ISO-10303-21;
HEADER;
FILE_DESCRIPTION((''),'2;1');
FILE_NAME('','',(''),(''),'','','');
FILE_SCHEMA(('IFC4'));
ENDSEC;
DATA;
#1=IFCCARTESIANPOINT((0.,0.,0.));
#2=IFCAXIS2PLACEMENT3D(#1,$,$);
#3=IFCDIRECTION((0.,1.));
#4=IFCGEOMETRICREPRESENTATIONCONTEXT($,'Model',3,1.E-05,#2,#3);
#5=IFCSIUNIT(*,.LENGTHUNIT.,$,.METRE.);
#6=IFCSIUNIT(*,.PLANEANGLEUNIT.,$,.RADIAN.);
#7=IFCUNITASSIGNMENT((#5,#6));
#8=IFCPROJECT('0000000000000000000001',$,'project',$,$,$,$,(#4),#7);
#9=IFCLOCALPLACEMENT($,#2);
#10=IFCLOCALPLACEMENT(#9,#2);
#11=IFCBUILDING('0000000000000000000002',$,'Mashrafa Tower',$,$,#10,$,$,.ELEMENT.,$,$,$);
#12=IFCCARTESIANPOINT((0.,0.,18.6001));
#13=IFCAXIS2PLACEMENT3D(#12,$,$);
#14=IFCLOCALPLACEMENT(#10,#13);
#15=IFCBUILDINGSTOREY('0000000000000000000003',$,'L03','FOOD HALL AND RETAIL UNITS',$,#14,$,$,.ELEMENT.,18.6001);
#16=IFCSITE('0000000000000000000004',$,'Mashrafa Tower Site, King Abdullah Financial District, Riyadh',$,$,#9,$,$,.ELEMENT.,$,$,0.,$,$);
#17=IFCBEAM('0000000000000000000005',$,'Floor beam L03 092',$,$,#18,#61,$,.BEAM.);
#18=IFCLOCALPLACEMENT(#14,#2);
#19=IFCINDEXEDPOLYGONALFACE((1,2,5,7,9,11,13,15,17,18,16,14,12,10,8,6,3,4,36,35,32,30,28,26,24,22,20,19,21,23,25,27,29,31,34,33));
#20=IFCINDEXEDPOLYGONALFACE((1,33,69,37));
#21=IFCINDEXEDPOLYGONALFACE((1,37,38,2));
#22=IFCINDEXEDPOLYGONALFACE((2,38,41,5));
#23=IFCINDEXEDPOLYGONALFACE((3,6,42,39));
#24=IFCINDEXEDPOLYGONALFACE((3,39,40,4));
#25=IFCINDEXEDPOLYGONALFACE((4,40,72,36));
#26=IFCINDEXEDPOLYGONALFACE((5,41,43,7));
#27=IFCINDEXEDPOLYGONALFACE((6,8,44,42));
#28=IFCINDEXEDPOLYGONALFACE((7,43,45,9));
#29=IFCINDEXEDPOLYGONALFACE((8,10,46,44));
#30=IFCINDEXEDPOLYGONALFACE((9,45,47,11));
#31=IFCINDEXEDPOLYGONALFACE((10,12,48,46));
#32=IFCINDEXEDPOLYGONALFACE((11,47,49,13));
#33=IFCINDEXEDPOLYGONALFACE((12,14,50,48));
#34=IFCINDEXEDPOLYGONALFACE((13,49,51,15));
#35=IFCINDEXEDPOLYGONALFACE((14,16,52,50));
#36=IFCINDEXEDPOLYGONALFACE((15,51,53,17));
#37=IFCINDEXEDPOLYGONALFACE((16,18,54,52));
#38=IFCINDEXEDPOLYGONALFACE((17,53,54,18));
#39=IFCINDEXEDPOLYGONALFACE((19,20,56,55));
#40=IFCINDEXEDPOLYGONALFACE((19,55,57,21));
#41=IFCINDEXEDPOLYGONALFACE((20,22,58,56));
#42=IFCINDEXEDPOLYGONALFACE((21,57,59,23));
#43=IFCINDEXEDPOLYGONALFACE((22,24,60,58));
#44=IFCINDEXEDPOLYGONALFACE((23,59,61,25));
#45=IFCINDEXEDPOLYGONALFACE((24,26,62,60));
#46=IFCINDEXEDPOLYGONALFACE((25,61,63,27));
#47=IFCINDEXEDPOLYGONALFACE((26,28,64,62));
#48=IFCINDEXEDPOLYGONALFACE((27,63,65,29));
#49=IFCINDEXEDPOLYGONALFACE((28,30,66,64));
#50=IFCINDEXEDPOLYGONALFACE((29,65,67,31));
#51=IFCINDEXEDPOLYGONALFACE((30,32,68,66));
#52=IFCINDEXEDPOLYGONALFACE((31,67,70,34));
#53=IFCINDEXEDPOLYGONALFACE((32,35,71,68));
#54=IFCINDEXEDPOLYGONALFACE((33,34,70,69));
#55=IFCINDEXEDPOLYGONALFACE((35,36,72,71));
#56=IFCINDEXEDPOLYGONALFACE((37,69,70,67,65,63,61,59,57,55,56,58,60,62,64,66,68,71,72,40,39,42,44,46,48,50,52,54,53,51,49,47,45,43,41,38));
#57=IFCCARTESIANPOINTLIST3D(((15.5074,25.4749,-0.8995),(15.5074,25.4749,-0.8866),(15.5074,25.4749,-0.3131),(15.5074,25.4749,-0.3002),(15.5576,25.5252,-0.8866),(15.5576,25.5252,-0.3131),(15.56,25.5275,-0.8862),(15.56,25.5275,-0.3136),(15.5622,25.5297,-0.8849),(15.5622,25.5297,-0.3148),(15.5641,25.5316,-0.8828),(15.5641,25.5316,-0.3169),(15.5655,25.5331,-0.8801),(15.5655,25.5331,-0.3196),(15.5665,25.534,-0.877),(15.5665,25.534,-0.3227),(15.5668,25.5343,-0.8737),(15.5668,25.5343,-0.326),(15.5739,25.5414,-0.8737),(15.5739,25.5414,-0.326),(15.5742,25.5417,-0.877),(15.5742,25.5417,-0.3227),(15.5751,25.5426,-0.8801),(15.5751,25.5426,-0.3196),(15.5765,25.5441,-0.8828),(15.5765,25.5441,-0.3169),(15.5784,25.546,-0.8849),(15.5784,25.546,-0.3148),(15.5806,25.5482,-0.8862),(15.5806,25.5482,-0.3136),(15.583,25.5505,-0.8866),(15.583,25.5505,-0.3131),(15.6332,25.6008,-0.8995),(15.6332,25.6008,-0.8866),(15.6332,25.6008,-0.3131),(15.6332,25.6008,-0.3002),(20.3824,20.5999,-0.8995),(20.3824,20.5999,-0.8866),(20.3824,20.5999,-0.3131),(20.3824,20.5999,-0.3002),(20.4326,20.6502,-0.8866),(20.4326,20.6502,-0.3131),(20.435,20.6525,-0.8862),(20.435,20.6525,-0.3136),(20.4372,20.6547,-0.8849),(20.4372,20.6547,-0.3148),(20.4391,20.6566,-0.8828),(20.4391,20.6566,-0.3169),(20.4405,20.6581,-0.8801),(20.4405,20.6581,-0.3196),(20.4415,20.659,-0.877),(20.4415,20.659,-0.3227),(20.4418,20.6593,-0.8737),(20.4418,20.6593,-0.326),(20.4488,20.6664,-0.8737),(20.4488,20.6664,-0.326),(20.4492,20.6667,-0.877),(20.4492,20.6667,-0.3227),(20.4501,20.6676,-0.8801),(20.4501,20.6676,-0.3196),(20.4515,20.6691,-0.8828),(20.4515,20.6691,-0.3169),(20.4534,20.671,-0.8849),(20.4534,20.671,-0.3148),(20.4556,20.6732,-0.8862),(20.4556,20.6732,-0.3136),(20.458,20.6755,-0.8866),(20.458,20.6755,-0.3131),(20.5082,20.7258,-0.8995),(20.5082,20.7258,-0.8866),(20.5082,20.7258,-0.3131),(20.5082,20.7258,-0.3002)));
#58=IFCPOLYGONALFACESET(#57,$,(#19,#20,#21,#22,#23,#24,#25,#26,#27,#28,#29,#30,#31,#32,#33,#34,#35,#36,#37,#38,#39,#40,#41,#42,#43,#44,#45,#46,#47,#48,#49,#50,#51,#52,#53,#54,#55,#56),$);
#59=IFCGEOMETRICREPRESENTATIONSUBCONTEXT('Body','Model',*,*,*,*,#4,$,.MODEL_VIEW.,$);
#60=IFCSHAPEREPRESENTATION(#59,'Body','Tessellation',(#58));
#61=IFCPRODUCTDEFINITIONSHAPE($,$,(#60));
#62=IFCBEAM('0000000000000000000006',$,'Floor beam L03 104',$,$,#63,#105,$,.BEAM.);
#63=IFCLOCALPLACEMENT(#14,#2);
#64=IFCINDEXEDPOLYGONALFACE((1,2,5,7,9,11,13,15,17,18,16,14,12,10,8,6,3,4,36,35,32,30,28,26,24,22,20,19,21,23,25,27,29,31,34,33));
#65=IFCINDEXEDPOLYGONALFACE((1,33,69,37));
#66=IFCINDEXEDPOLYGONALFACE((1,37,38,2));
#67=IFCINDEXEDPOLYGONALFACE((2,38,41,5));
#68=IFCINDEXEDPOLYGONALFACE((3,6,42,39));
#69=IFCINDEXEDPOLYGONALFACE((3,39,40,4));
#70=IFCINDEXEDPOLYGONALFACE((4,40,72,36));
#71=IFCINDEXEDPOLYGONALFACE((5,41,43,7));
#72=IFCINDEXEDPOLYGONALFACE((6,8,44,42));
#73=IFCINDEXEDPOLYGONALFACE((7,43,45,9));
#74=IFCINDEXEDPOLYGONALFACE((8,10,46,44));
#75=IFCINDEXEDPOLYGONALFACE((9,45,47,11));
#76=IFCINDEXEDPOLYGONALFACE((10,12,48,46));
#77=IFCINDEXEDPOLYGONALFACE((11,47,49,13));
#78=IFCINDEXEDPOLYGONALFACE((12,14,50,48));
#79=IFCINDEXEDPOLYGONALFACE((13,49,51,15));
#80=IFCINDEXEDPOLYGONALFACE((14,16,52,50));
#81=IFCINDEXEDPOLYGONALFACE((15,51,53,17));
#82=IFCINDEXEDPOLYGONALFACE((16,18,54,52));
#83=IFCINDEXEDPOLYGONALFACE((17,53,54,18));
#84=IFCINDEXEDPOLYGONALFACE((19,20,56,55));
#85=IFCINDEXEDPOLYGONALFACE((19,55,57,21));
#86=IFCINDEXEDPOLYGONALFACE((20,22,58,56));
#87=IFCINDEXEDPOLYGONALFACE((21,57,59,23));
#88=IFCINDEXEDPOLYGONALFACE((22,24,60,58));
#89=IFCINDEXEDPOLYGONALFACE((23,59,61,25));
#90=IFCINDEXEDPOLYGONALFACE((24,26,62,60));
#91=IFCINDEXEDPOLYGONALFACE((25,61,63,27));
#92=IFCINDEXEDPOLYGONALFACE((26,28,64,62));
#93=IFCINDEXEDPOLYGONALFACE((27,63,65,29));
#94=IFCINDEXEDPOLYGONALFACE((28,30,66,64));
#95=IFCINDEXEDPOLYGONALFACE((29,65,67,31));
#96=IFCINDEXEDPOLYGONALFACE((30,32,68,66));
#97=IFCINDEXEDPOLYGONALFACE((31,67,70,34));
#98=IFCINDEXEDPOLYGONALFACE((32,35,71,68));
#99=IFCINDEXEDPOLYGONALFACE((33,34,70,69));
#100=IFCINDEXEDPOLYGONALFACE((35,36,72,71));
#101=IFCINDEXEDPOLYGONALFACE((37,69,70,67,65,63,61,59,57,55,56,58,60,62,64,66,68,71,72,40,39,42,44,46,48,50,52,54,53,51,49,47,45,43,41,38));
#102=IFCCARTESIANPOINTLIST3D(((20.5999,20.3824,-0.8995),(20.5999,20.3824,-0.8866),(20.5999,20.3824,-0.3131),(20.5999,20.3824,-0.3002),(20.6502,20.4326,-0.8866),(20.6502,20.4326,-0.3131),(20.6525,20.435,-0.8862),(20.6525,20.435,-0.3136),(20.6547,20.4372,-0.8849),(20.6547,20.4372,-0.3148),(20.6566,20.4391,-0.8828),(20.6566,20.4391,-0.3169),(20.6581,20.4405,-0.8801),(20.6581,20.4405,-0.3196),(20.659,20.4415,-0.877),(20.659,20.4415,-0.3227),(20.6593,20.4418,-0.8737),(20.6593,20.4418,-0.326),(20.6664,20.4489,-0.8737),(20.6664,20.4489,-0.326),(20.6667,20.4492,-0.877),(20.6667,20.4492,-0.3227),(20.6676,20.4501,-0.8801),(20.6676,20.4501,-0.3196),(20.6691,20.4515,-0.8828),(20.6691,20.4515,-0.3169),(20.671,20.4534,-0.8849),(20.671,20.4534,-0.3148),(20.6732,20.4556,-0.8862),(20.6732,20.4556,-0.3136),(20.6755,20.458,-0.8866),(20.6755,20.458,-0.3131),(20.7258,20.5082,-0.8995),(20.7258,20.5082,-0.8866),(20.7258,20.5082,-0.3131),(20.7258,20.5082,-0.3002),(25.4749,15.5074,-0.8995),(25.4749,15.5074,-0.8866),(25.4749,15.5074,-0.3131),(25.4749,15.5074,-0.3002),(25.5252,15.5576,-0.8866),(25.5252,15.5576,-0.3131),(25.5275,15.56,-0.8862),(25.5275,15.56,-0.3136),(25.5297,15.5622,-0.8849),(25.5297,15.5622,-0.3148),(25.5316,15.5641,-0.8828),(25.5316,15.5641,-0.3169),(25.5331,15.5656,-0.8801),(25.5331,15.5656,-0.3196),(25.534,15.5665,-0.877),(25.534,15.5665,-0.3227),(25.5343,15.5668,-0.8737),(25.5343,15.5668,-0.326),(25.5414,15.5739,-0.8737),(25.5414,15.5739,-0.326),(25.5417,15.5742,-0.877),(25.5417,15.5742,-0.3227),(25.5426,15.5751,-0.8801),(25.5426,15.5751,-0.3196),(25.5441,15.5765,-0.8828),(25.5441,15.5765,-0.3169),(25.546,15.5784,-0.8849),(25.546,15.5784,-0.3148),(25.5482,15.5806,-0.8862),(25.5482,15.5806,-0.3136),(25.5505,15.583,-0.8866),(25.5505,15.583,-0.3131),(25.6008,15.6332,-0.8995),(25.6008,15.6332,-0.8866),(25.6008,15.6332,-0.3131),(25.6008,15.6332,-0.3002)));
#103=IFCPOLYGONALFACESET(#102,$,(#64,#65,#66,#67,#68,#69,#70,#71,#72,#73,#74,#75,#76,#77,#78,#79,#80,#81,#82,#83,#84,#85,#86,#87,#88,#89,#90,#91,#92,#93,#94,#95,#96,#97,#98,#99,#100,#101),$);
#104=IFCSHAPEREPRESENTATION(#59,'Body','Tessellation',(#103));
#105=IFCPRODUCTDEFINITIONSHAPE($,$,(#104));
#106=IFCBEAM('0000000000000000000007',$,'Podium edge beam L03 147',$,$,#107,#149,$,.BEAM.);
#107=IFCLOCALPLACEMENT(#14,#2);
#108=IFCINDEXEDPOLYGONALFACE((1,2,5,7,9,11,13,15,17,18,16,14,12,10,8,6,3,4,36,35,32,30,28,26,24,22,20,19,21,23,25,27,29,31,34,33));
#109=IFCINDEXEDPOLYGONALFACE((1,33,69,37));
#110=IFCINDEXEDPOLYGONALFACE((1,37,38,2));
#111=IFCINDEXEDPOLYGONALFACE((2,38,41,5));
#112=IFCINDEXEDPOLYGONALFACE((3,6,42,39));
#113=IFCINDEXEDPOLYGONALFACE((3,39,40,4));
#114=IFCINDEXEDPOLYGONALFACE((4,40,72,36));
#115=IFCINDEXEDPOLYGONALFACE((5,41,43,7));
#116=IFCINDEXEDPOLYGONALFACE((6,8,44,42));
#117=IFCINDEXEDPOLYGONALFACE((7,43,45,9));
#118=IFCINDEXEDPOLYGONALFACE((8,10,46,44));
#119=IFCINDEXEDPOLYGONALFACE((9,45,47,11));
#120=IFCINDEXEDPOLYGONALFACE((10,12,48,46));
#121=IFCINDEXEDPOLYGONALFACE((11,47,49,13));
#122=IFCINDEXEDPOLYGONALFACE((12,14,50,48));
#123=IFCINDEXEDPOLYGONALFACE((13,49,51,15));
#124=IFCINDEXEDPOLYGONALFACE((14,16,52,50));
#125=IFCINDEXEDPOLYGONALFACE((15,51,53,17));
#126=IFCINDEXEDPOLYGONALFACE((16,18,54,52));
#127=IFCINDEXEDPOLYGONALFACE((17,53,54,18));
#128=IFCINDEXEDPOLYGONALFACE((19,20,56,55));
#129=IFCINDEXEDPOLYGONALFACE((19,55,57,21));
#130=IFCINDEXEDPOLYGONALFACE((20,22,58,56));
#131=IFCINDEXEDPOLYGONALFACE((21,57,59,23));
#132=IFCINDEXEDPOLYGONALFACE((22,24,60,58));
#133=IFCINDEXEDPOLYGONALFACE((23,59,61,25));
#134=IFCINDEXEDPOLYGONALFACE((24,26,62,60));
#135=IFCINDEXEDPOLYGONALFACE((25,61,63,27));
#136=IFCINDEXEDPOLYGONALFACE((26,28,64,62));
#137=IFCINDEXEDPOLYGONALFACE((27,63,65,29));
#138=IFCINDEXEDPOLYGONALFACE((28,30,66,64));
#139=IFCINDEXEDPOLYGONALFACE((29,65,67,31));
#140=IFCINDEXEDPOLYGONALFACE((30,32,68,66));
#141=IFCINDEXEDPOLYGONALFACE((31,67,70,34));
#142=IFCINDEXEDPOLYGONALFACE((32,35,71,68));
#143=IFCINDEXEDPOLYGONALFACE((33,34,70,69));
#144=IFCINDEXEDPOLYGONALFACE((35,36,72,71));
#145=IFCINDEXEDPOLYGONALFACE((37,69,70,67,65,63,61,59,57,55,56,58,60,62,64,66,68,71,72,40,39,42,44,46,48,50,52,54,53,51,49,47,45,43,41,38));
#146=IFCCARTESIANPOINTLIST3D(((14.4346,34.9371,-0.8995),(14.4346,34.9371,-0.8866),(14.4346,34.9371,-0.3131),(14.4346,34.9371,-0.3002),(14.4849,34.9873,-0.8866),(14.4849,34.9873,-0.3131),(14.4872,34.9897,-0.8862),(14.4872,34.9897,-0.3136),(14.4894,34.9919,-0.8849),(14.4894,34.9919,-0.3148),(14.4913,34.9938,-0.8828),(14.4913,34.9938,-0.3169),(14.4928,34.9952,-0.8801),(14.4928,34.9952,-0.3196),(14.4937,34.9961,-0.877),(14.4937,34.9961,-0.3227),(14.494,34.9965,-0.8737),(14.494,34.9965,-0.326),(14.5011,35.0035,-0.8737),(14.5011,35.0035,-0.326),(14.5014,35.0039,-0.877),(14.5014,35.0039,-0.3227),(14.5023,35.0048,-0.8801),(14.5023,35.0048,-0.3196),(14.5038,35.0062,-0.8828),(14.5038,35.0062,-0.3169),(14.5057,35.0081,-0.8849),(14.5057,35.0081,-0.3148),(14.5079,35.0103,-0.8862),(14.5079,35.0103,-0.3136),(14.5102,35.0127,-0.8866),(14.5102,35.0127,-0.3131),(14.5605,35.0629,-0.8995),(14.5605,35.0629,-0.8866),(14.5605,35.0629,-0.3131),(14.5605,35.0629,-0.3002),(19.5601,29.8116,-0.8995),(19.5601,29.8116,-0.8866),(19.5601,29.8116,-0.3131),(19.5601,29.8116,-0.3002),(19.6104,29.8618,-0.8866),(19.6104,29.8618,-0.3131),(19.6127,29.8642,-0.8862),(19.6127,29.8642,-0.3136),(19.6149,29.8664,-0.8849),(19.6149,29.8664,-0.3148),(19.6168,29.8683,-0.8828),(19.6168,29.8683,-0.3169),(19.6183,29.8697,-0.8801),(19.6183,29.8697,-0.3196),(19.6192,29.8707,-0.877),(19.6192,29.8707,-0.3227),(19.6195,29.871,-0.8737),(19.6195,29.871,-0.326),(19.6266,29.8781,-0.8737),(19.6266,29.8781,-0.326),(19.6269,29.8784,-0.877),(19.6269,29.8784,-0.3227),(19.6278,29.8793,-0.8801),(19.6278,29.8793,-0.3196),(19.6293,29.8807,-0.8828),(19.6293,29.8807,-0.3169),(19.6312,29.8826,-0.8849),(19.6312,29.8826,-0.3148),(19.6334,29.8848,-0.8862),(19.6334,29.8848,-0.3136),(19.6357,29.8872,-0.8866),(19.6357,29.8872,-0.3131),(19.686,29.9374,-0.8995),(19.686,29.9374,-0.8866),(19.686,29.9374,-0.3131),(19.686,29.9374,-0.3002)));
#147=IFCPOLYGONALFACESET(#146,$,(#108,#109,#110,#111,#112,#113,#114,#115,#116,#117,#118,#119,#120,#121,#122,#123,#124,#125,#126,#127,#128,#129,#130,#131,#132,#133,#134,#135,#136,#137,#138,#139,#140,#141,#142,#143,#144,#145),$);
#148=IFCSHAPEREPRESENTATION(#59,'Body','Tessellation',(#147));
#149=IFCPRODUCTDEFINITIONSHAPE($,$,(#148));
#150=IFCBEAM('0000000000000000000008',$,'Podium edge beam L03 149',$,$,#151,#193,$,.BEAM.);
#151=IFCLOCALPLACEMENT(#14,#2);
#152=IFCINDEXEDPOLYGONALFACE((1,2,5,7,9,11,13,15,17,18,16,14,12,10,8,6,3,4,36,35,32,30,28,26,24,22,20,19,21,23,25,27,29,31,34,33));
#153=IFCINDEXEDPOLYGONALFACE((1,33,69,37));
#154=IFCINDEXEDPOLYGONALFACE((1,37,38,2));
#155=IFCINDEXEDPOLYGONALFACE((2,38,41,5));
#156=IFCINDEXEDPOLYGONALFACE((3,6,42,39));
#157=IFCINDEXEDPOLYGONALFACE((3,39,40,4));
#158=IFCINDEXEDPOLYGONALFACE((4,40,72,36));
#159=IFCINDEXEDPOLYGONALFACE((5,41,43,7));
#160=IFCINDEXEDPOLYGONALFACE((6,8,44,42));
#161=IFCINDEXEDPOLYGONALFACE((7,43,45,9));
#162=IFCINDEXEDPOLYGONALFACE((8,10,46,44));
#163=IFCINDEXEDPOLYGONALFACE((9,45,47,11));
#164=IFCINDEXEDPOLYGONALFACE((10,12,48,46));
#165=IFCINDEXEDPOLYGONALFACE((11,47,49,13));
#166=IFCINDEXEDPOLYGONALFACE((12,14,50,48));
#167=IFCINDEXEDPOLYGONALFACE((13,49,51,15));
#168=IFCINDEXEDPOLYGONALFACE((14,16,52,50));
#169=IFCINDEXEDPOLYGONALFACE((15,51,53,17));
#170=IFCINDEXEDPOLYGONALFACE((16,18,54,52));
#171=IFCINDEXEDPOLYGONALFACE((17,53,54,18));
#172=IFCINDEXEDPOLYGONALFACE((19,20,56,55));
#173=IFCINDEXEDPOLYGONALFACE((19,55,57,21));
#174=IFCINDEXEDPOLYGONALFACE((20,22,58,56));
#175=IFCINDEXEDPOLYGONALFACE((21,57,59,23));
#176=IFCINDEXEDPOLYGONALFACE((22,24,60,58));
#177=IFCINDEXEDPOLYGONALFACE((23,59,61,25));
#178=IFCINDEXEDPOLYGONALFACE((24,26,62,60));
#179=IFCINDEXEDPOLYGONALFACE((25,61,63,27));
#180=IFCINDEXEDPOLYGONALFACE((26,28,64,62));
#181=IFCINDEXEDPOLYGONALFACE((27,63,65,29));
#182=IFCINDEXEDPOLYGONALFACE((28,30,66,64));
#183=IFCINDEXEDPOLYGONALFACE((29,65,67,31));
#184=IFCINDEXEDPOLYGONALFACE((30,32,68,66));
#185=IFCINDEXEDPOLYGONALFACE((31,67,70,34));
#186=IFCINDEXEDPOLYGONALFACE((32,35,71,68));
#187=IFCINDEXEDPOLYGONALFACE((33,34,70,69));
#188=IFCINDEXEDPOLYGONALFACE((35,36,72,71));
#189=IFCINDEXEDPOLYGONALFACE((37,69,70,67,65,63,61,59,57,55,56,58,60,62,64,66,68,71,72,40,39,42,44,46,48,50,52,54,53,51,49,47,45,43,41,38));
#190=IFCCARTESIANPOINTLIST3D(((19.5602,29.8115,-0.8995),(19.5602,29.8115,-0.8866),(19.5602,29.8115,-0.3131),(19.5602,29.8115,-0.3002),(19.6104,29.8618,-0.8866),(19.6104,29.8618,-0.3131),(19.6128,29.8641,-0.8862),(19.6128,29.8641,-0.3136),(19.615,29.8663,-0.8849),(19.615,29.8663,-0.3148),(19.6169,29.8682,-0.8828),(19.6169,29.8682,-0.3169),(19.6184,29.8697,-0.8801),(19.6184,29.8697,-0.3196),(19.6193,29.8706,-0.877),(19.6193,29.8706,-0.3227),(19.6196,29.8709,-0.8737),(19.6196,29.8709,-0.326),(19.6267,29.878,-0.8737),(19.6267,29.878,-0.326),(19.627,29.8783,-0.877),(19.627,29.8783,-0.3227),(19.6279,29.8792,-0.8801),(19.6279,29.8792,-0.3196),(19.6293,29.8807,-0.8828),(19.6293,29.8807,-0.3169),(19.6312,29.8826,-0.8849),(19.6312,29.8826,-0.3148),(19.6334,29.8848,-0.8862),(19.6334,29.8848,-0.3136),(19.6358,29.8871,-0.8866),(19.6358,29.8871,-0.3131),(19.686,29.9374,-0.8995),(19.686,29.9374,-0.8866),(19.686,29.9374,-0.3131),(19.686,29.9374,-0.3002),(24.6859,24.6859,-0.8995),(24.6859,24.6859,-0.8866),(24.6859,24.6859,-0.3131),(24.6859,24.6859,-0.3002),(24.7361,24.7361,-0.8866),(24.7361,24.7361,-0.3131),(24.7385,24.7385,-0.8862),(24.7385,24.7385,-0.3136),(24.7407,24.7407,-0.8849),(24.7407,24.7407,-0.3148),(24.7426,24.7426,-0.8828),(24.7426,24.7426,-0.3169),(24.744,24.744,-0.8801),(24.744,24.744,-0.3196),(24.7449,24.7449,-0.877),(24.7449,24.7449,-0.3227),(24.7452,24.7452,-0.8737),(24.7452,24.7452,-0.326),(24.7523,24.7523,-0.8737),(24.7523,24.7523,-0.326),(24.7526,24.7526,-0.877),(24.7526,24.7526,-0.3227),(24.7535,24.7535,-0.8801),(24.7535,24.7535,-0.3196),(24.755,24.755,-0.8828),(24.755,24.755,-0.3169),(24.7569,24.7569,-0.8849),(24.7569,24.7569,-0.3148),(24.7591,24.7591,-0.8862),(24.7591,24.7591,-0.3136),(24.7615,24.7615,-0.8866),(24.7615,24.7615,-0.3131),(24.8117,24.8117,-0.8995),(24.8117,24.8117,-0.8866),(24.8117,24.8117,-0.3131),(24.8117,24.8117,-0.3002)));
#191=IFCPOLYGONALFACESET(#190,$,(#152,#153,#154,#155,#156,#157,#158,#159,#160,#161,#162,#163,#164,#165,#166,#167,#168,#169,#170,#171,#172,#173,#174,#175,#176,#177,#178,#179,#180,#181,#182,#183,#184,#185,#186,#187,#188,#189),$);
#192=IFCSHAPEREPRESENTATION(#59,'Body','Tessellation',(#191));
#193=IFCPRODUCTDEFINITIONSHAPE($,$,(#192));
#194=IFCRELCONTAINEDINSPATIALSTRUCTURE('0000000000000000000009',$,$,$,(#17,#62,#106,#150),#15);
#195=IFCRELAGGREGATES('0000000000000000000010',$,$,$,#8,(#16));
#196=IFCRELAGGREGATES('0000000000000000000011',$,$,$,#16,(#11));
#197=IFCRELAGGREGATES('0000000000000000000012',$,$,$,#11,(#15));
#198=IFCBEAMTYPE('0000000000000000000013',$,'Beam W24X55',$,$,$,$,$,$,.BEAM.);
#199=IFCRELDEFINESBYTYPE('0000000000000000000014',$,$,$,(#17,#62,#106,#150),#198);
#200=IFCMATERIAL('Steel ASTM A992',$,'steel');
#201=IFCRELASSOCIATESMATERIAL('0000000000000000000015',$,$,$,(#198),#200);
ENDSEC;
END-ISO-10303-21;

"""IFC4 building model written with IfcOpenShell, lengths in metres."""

from ifc_helpers import new_model, si_unit, direction, frame, origin, origin_2d, place, context, subcontext, project, spatial, i_section, extrude, material, material_profile, profile_set, type_object, element, save


model = new_model("IFC4")

# Units and contexts
model_context = context("Model", 3, precision=1e-05, world=origin(), true_north=direction((0.0, 1.0)))
body_context = subcontext(model_context, "Body", "Model", "MODEL_VIEW")
ifc_project = project(units=[si_unit("LENGTHUNIT", "METRE"), si_unit("PLANEANGLEUNIT", "RADIAN")], contexts=[model_context])

# Site, building, storey
site_placement = place(None, origin())
site = spatial("IfcSite", under=ifc_project, at=site_placement, Name="Mashrafa Tower Site, King Abdullah Financial District, Riyadh", CompositionType="ELEMENT", RefElevation=0.0)
building_placement = place(site_placement, origin())
building = spatial("IfcBuilding", under=site, at=building_placement, Name="Mashrafa Tower", CompositionType="ELEMENT")
storey_placement = place(building_placement, frame((0.0, 0.0, 18.6001)))
storey = spatial("IfcBuildingStorey", under=building, at=storey_placement, Name="L03", Description="FOOD HALL AND RETAIL UNITS", CompositionType="ELEMENT", Elevation=18.6001)

# Beams
ifc_material_1 = material(Name="Steel ASTM A992", Category="steel")
ifc_material_profile_1 = material_profile(ifc_material_1, i_section(OverallWidth=0.178, OverallDepth=0.5994, WebThickness=0.01, FlangeThickness=0.0129, FilletRadius=0.0129, at=origin_2d()), Name="W24X55")
ifc_profile_set_1 = profile_set([ifc_material_profile_1], Name="Steel ASTM A992")
beam_type_1 = type_object("IfcBeamType", Name="Beam W24X55", PredefinedType="BEAM", material=ifc_profile_set_1)
for number, where, z_axis, x_axis, name in (
    (1, (15.5703, 25.5378, -0.5999), (0.707107, -0.707107, 0.0), (0.707107, 0.707107, 0.0), "Floor beam L03 092"),
    (2, (20.6628, 20.4453, -0.5999), (0.707107, -0.707107, 0.0), (0.707107, 0.707107, 0.0), "Floor beam L03 104"),
):
    element("IfcBeam", number, at=place(storey_placement, frame(where, z_axis=z_axis, x_axis=x_axis)), inside=storey, type_object=beam_type_1, Name=name, PredefinedType="BEAM", context=body_context, shape_type="SweptSolid", body=[
        extrude(i_section(OverallWidth=0.178, OverallDepth=0.5994, WebThickness=0.01, FlangeThickness=0.0129, FilletRadius=0.0129, at=origin_2d()), origin(), (0.0, 0.0, 1.0), 6.8943),
    ])
beam_1_placement = place(storey_placement, frame((19.623, 29.8745, -0.5999), z_axis=(-0.707107, 0.707107, 0.0), x_axis=(-0.707107, -0.707107, 0.0)))
element("IfcBeam", 3, at=beam_1_placement, inside=storey, type_object=beam_type_1, Name="Podium edge beam L03 147", PredefinedType="BEAM", context=body_context, shape_type="SweptSolid", body=[
    extrude(i_section(OverallWidth=0.178, OverallDepth=0.5994, WebThickness=0.01, FlangeThickness=0.0129, FilletRadius=0.0129, at=origin_2d()), origin(), (0.0, 0.0, 1.0), 7.2485),
])
for number, where, z_axis, x_axis, name in (
    (4, (24.7488, 24.7488, -0.5999), (-0.707107, 0.707107, 0.0), (-0.707107, -0.707107, 0.0), "Podium edge beam L03 149"),
):
    element("IfcBeam", number, at=place(storey_placement, frame(where, z_axis=z_axis, x_axis=x_axis)), inside=storey, type_object=beam_type_1, Name=name, PredefinedType="BEAM", context=body_context, shape_type="SweptSolid", body=[
        extrude(i_section(OverallWidth=0.178, OverallDepth=0.5994, WebThickness=0.01, FlangeThickness=0.0129, FilletRadius=0.0129, at=origin_2d()), origin(), (0.0, 0.0, 1.0), 7.2488),
    ])

save(model, "model.ifc")
